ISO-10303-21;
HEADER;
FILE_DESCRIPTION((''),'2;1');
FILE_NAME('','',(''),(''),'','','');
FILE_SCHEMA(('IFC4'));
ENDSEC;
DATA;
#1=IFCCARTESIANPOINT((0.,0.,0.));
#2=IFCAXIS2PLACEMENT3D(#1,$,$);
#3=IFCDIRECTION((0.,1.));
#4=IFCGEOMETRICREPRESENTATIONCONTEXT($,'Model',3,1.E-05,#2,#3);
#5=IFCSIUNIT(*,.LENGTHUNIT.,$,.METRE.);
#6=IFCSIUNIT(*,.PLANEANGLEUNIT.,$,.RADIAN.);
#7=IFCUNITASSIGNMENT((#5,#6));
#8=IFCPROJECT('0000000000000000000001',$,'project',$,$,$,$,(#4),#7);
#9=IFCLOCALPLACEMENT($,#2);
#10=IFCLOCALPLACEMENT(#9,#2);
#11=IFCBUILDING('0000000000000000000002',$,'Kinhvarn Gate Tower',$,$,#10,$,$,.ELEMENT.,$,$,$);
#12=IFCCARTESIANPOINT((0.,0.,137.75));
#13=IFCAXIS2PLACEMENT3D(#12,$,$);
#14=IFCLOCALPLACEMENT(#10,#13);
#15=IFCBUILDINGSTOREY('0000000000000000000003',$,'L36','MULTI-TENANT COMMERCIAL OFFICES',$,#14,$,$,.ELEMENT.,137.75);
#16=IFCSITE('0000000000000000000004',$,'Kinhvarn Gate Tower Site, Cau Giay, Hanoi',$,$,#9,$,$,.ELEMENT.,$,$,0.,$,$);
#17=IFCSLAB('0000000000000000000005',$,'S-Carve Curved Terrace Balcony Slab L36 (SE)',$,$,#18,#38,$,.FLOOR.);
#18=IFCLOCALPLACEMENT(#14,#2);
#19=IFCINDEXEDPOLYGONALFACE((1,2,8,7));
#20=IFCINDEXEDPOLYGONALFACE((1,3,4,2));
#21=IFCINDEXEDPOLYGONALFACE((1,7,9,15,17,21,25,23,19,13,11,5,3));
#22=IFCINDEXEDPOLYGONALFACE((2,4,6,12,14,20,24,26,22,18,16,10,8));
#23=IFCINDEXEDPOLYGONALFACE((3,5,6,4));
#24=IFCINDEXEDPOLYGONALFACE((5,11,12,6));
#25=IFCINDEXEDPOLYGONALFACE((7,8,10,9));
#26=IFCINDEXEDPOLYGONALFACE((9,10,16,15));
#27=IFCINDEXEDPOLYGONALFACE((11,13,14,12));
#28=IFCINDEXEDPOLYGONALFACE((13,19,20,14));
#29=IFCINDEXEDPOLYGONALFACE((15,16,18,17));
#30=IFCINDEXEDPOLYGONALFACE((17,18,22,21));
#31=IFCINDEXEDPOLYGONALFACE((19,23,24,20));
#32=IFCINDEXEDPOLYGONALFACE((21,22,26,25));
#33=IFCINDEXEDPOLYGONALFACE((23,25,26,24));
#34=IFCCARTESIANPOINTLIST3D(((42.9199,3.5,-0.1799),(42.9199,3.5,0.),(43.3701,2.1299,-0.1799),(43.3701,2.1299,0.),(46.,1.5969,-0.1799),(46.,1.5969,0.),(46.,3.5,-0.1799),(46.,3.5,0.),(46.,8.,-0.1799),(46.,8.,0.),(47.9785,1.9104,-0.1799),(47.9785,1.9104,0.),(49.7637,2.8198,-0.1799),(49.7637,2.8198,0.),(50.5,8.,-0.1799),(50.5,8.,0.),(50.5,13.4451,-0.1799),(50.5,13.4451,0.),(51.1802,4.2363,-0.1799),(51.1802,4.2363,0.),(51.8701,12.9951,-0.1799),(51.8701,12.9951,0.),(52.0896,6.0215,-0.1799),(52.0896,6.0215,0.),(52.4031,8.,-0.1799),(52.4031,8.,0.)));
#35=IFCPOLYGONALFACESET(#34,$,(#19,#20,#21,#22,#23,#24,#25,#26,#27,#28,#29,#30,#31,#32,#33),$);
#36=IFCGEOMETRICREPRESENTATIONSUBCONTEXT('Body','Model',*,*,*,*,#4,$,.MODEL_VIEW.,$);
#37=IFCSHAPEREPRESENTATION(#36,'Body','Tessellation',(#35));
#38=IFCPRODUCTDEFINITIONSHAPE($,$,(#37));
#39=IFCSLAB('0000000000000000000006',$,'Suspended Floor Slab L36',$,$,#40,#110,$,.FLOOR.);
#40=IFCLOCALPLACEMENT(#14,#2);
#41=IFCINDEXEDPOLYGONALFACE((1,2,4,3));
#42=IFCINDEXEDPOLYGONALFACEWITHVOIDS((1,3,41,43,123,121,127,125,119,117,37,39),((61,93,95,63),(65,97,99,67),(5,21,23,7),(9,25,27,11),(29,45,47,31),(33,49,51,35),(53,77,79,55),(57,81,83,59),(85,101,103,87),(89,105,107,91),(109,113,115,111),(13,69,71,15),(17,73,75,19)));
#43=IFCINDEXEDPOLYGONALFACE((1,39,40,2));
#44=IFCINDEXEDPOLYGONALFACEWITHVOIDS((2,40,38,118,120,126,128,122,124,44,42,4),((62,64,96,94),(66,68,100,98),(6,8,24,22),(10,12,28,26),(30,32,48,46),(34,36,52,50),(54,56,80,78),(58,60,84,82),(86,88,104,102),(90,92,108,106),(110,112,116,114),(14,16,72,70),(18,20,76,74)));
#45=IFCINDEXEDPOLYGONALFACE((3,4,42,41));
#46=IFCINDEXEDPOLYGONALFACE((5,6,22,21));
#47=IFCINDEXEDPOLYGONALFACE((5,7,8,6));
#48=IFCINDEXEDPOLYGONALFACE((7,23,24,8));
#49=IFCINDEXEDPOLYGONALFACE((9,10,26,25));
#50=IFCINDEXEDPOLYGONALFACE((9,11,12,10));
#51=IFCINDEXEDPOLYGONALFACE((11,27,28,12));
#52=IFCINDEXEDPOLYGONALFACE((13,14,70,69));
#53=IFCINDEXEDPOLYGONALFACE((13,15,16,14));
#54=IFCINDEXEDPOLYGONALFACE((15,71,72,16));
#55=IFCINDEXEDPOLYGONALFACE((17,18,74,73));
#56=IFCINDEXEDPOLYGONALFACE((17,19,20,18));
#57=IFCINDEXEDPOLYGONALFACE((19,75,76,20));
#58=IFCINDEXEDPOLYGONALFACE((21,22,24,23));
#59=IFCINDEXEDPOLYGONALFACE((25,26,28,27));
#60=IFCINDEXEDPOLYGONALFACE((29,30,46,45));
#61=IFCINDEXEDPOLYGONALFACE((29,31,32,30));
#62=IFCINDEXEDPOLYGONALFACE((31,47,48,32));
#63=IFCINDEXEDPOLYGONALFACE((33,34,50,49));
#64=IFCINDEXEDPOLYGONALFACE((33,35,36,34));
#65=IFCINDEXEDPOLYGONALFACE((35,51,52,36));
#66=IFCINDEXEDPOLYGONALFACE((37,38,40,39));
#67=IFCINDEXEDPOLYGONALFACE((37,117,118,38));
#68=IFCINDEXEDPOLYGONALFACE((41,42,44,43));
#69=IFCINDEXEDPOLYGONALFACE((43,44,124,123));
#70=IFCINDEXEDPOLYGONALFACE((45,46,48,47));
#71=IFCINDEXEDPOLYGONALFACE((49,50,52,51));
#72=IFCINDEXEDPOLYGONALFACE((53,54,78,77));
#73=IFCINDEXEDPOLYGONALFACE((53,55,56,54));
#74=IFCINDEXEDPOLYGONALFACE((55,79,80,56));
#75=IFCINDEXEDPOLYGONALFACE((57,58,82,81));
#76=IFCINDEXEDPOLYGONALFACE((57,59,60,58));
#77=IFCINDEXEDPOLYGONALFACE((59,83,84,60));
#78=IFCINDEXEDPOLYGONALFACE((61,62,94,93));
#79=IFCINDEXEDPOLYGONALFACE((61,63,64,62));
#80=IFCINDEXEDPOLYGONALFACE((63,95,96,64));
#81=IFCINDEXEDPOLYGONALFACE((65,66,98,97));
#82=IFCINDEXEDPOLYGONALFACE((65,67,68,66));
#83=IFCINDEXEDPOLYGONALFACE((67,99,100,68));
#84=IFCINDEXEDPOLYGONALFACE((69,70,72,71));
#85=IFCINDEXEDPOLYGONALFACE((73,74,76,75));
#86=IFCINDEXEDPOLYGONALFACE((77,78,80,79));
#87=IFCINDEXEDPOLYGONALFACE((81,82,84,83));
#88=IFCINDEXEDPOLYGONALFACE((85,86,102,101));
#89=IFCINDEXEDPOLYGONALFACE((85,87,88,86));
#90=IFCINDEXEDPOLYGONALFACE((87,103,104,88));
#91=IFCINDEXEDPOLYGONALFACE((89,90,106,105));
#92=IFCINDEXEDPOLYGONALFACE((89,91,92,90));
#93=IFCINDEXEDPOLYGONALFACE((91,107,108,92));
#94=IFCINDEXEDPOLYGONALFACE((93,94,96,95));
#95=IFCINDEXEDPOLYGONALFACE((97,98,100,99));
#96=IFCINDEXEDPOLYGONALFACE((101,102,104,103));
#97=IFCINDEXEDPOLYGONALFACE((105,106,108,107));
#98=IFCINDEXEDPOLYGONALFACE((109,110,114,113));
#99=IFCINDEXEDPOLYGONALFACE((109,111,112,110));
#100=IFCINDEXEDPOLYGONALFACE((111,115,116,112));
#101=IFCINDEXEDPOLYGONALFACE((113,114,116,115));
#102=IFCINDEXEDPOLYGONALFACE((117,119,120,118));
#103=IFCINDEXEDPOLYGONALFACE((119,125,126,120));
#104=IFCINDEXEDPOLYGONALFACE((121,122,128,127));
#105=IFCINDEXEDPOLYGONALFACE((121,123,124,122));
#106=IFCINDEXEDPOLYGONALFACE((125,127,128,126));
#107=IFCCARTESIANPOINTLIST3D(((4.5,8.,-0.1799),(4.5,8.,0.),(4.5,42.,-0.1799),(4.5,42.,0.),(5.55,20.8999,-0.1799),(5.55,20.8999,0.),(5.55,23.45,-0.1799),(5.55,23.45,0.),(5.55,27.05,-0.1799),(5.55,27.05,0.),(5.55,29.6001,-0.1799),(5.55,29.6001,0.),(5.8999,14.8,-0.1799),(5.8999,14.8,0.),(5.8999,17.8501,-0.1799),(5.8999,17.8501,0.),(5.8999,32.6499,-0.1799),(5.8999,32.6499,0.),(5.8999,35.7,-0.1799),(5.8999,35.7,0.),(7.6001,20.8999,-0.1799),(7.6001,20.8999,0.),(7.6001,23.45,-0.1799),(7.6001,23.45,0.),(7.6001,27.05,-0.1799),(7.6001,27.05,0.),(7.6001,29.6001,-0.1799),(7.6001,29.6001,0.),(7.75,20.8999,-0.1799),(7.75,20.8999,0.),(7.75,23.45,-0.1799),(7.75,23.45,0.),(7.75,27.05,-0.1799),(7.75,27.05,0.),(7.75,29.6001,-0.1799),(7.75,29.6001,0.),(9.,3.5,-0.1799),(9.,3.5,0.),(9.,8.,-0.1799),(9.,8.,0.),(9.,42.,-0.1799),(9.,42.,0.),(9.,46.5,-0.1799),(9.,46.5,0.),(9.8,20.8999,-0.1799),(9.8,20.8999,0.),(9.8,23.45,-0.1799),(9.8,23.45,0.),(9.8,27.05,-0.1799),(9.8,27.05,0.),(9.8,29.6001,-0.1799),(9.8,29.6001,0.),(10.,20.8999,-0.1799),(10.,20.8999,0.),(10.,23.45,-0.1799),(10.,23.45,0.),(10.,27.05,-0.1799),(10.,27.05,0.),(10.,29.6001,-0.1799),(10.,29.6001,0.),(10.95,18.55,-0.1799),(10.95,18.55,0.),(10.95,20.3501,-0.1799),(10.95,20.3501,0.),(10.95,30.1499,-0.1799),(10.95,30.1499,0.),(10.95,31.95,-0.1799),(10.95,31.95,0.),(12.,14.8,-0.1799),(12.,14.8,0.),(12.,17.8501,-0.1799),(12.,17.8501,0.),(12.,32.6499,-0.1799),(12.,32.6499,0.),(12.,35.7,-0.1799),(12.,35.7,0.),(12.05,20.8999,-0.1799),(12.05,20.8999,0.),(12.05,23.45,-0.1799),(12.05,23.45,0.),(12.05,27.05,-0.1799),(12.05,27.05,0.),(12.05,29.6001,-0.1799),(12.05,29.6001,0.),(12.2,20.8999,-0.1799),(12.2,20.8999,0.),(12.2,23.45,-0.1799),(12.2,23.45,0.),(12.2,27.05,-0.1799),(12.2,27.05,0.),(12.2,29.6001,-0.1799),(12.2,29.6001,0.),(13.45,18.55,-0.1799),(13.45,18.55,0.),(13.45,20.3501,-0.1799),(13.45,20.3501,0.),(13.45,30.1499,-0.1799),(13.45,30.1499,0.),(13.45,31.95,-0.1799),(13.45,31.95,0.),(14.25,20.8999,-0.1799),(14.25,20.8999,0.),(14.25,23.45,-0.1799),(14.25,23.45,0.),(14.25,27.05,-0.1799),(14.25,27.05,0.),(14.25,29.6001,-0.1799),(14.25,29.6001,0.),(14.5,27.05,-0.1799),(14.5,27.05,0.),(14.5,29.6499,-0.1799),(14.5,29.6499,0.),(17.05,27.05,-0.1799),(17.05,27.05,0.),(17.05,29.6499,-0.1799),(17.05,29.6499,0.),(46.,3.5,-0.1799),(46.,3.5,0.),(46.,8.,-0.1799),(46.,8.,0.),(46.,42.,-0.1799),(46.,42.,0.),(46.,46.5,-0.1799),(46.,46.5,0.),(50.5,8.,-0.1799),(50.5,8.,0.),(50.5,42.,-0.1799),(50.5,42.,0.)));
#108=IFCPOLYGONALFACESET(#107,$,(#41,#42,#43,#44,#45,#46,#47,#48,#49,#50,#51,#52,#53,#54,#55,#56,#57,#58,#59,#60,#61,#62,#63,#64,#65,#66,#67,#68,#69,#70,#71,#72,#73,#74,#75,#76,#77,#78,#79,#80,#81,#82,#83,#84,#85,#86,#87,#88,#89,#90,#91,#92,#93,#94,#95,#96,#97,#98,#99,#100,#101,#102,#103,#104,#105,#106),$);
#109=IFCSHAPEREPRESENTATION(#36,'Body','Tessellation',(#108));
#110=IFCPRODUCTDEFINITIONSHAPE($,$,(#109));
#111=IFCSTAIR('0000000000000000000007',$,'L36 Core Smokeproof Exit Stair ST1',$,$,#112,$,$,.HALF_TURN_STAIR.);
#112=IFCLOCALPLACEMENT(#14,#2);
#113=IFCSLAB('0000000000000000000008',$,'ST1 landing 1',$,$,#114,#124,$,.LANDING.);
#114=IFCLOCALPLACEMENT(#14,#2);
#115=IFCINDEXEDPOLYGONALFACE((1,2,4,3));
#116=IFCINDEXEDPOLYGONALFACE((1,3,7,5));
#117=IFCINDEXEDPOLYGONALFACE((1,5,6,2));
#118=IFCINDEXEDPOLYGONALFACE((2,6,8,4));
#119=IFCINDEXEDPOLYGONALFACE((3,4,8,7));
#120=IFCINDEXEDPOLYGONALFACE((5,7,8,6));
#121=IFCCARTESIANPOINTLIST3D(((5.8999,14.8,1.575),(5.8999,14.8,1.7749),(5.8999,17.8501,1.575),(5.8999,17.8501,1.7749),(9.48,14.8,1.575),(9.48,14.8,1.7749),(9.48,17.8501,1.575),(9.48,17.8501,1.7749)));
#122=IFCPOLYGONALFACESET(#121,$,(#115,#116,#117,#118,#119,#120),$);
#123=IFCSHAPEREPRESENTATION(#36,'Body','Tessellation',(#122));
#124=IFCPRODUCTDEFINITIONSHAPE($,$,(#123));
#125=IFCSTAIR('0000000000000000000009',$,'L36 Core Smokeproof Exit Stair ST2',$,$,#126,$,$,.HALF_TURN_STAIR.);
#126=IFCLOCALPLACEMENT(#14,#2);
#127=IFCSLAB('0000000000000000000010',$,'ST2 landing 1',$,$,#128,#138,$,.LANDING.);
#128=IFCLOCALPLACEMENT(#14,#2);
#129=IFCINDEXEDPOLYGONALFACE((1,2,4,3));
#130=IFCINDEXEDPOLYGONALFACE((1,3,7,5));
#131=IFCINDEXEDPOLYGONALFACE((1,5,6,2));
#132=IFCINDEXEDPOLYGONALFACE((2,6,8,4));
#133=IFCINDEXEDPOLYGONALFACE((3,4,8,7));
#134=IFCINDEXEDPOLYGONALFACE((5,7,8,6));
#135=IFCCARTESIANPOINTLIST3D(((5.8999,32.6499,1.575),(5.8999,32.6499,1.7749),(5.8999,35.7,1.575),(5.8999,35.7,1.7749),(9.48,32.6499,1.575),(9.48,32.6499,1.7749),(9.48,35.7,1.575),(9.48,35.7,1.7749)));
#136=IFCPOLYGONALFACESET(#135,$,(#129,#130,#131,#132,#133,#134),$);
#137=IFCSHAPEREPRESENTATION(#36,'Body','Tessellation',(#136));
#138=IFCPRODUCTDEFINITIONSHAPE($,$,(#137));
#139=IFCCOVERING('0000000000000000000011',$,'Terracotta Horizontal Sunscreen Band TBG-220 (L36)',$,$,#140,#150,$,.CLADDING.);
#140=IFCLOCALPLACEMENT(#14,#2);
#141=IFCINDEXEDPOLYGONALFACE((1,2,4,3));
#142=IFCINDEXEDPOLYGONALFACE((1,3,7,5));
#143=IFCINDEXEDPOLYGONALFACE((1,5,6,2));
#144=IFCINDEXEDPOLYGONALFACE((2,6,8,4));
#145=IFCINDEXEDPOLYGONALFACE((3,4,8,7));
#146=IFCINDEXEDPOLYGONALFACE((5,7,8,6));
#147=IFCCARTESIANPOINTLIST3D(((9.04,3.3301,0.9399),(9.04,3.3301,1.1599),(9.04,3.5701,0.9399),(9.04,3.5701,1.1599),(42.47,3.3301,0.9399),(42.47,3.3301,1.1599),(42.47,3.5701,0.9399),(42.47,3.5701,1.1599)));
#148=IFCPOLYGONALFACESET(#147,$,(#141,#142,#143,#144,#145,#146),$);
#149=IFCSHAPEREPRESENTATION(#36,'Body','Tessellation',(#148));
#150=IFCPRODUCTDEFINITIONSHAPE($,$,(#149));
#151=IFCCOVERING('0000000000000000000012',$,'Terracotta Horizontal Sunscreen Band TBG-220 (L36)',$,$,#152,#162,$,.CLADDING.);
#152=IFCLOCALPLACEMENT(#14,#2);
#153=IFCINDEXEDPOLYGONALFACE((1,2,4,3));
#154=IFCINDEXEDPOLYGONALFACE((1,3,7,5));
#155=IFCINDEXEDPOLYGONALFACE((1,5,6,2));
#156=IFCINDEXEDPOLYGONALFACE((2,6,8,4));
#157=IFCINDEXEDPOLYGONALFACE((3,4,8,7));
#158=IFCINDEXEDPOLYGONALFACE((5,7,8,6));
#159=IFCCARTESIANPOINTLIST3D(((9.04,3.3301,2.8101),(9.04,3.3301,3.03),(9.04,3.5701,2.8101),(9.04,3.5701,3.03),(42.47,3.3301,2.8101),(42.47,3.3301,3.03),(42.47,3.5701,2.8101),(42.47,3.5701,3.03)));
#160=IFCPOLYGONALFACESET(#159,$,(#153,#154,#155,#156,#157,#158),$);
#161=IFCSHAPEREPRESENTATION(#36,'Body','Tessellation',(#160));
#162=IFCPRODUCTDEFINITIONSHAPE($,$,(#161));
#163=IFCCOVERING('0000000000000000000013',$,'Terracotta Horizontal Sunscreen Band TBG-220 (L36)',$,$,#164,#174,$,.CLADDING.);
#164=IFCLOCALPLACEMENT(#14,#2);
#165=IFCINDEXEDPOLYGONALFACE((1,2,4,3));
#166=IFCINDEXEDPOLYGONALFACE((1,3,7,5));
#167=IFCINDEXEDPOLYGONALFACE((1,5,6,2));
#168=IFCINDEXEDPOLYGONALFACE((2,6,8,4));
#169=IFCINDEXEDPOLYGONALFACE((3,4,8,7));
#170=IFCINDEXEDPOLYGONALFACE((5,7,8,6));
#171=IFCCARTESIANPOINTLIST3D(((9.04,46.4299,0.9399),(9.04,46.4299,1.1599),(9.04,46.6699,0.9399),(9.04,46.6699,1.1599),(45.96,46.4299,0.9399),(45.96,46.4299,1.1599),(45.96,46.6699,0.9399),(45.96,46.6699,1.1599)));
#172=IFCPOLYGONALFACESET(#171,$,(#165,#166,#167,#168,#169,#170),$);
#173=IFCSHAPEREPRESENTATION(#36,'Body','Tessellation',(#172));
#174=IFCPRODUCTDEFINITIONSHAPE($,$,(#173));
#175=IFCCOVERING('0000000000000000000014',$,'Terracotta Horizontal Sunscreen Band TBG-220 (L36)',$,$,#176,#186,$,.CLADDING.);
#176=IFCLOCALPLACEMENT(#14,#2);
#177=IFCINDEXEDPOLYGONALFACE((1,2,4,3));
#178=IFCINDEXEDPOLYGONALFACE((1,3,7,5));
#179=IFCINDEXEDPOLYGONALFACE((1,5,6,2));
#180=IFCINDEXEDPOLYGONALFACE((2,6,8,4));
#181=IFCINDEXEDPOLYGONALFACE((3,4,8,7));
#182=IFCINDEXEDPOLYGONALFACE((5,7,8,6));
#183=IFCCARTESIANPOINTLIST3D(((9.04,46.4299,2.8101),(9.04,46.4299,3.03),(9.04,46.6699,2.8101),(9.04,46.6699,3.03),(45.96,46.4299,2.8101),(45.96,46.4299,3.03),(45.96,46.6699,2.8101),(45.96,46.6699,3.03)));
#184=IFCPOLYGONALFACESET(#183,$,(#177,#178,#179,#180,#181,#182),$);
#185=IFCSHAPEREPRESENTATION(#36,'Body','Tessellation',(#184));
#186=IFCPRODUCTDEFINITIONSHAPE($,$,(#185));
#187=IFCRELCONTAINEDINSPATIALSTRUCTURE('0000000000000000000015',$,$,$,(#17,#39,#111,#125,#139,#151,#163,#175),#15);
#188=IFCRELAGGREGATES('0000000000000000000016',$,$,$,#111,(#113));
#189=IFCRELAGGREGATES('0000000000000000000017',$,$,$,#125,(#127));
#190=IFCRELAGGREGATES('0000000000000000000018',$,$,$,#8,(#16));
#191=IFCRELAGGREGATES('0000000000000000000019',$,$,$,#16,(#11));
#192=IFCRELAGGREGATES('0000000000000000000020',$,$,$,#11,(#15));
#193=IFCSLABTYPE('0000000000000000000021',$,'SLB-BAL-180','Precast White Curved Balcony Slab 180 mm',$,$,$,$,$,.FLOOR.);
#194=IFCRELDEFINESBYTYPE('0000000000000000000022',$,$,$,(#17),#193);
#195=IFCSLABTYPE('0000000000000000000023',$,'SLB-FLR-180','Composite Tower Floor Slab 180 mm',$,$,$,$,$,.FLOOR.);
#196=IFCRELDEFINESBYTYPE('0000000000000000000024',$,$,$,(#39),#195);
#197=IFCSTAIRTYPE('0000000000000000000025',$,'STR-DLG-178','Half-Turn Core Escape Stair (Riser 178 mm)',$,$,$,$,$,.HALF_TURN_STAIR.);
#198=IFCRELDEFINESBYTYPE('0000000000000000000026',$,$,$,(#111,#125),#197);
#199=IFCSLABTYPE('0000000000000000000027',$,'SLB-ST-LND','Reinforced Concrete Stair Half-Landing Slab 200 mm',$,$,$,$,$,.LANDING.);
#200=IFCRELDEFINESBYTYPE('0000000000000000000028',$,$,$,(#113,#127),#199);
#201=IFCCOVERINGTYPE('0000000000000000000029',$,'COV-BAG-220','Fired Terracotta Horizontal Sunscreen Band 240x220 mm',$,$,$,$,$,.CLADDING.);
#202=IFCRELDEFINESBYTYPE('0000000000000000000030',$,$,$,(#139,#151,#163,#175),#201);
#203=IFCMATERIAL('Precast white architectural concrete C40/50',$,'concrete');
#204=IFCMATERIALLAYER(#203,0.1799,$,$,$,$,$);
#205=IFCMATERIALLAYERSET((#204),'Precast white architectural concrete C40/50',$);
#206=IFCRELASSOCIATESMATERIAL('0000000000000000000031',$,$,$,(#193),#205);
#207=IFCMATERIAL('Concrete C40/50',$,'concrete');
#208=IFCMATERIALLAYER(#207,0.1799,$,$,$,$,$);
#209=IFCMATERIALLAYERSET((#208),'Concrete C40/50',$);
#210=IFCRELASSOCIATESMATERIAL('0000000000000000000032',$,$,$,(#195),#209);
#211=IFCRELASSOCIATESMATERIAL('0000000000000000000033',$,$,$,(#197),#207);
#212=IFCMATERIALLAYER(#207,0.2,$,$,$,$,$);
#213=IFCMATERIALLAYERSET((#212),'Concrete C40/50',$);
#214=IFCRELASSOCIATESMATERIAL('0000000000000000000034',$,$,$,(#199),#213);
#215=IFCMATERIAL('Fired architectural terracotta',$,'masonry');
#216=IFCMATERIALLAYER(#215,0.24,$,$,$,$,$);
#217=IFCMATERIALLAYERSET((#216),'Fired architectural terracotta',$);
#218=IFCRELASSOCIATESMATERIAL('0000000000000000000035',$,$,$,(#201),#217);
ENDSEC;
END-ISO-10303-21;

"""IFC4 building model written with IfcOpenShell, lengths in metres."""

from ifc_helpers import new_model, si_unit, direction, frame, origin, place, context, subcontext, project, spatial, polyline, outline, extrude, material, layer, layer_set, type_object, element, aggregate, save


model = new_model("IFC4")

# Units and contexts
model_context = context("Model", 3, precision=1e-05, world=origin(), true_north=direction((0.0, 1.0)))
body_context = subcontext(model_context, "Body", "Model", "MODEL_VIEW")
ifc_project = project(units=[si_unit("LENGTHUNIT", "METRE"), si_unit("PLANEANGLEUNIT", "RADIAN")], contexts=[model_context])

# Site, building, storey
site_placement = place(None, origin())
site = spatial("IfcSite", under=ifc_project, at=site_placement, Name="Kinhvarn Gate Tower Site, Cau Giay, Hanoi", CompositionType="ELEMENT", RefElevation=0.0)
building_placement = place(site_placement, origin())
building = spatial("IfcBuilding", under=site, at=building_placement, Name="Kinhvarn Gate Tower", CompositionType="ELEMENT")
storey_placement = place(building_placement, frame((0.0, 0.0, 137.75)))
storey = spatial("IfcBuildingStorey", under=building, at=storey_placement, Name="L36", Description="MULTI-TENANT COMMERCIAL OFFICES", CompositionType="ELEMENT", Elevation=137.75)

# Slabs
ifc_material_1 = material(Name="Precast white architectural concrete C40/50", Category="concrete")
ifc_layer_1 = layer(ifc_material_1, 0.1799)
ifc_layer_set_1 = layer_set([ifc_layer_1], Name="Precast white architectural concrete C40/50")
slab_type_1 = type_object("IfcSlabType", Name="SLB-BAL-180", Description="Precast White Curved Balcony Slab 180 mm", PredefinedType="FLOOR", material=ifc_layer_set_1)
slab_1_placement = place(storey_placement, frame((0.0, 0.0, -0.1799)))
element("IfcSlab", 1, at=slab_1_placement, inside=storey, type_object=slab_type_1, Name="S-Carve Curved Terrace Balcony Slab L36 (SE)", PredefinedType="FLOOR", context=body_context, shape_type="SweptSolid", body=[
    extrude(outline(polyline([(42.9199, 3.5), (43.3701, 2.1299), (46.0, 1.5969), (47.9785, 1.9104), (49.7637, 2.8198), (51.1802, 4.2363), (52.0896, 6.0215), (52.4031, 8.0), (51.8701, 12.9951), (50.5, 13.4451), (50.5, 8.0), (46.0, 8.0), (46.0, 3.5), (42.9199, 3.5)])), origin(), (0.0, 0.0, 1.0), 0.1799),
])
ifc_material_2 = material(Name="Concrete C40/50", Category="concrete")
ifc_layer_2 = layer(ifc_material_2, 0.1799)
ifc_layer_set_2 = layer_set([ifc_layer_2], Name="Concrete C40/50")
slab_type_2 = type_object("IfcSlabType", Name="SLB-FLR-180", Description="Composite Tower Floor Slab 180 mm", PredefinedType="FLOOR", material=ifc_layer_set_2)
slab_2_placement = place(storey_placement, frame((0.0, 0.0, -0.1799)))
element("IfcSlab", 2, at=slab_2_placement, inside=storey, type_object=slab_type_2, Name="Suspended Floor Slab L36", PredefinedType="FLOOR", context=body_context, shape_type="SweptSolid", body=[
    extrude(outline(polyline([(9.0, 3.5), (46.0, 3.5), (46.0, 8.0), (50.5, 8.0), (50.5, 42.0), (46.0, 42.0), (46.0, 46.5), (9.0, 46.5), (9.0, 42.0), (4.5, 42.0), (4.5, 8.0), (9.0, 8.0), (9.0, 3.5)]), holes=[polyline([(5.8999, 14.8), (12.0, 14.8), (12.0, 17.8501), (5.8999, 17.8501), (5.8999, 14.8)]), polyline([(5.8999, 32.6499), (12.0, 32.6499), (12.0, 35.7), (5.8999, 35.7), (5.8999, 32.6499)]), polyline([(5.55, 20.8999), (7.6001, 20.8999), (7.6001, 23.45), (5.55, 23.45), (5.55, 20.8999)]), polyline([(7.75, 20.8999), (9.8, 20.8999), (9.8, 23.45), (7.75, 23.45), (7.75, 20.8999)]), polyline([(5.55, 27.05), (7.6001, 27.05), (7.6001, 29.6001), (5.55, 29.6001), (5.55, 27.05)]), polyline([(7.75, 27.05), (9.8, 27.05), (9.8, 29.6001), (7.75, 29.6001), (7.75, 27.05)]), polyline([(10.0, 20.8999), (12.05, 20.8999), (12.05, 23.45), (10.0, 23.45), (10.0, 20.8999)]), polyline([(12.2, 20.8999), (14.25, 20.8999), (14.25, 23.45), (12.2, 23.45), (12.2, 20.8999)]), polyline([(10.0, 27.05), (12.05, 27.05), (12.05, 29.6001), (10.0, 29.6001), (10.0, 27.05)]), polyline([(12.2, 27.05), (14.25, 27.05), (14.25, 29.6001), (12.2, 29.6001), (12.2, 27.05)]), polyline([(14.5, 27.05), (17.05, 27.05), (17.05, 29.6499), (14.5, 29.6499), (14.5, 27.05)]), polyline([(10.95, 18.55), (13.45, 18.55), (13.45, 20.3501), (10.95, 20.3501), (10.95, 18.55)]), polyline([(10.95, 30.1499), (13.45, 30.1499), (13.45, 31.95), (10.95, 31.95), (10.95, 30.1499)])]), origin(), (0.0, 0.0, 1.0), 0.1799),
])

# Stairs, slabs
stair_type = type_object("IfcStairType", Name="STR-DLG-178", Description="Half-Turn Core Escape Stair (Riser 178 mm)", PredefinedType="HALF_TURN_STAIR", material=ifc_material_2)
stair_1_placement = place(storey_placement, origin())
stair_1 = element("IfcStair", 3, at=stair_1_placement, inside=storey, type_object=stair_type, Name="L36 Core Smokeproof Exit Stair ST1", PredefinedType="HALF_TURN_STAIR")
ifc_layer_3 = layer(ifc_material_2, 0.2)
ifc_layer_set_3 = layer_set([ifc_layer_3], Name="Concrete C40/50")
slab_type_3 = type_object("IfcSlabType", Name="SLB-ST-LND", Description="Reinforced Concrete Stair Half-Landing Slab 200 mm", PredefinedType="LANDING", material=ifc_layer_set_3)
slab_3_placement = place(storey_placement, frame((0.0, 0.0, 1.575)))
slab_3 = element("IfcSlab", 4, at=slab_3_placement, type_object=slab_type_3, Name="ST1 landing 1", PredefinedType="LANDING", context=body_context, shape_type="SweptSolid", body=[
    extrude(outline(polyline([(9.48, 17.8501), (5.8999, 17.8501), (5.8999, 14.8), (9.48, 14.8), (9.48, 17.8501)])), origin(), (0.0, 0.0, 1.0), 0.2),
])
aggregate(stair_1, [slab_3])
stair_2_placement = place(storey_placement, origin())
stair_2 = element("IfcStair", 5, at=stair_2_placement, inside=storey, type_object=stair_type, Name="L36 Core Smokeproof Exit Stair ST2", PredefinedType="HALF_TURN_STAIR")
slab_4_placement = place(storey_placement, frame((0.0, 0.0, 1.575)))
slab_4 = element("IfcSlab", 6, at=slab_4_placement, type_object=slab_type_3, Name="ST2 landing 1", PredefinedType="LANDING", context=body_context, shape_type="SweptSolid", body=[
    extrude(outline(polyline([(9.48, 35.7), (5.8999, 35.7), (5.8999, 32.6499), (9.48, 32.6499), (9.48, 35.7)])), origin(), (0.0, 0.0, 1.0), 0.2),
])
aggregate(stair_2, [slab_4])

# Coverings
ifc_material_3 = material(Name="Fired architectural terracotta", Category="masonry")
ifc_layer_4 = layer(ifc_material_3, 0.24)
ifc_layer_set_4 = layer_set([ifc_layer_4], Name="Fired architectural terracotta")
covering_type_1 = type_object("IfcCoveringType", Name="COV-BAG-220", Description="Fired Terracotta Horizontal Sunscreen Band 240x220 mm", PredefinedType="CLADDING", material=ifc_layer_set_4)
for number, where, name in (
    (7, (0.0, 0.0, 0.9399), "Terracotta Horizontal Sunscreen Band TBG-220 (L36)"),
    (8, (0.0, 0.0, 2.8101), "Terracotta Horizontal Sunscreen Band TBG-220 (L36)"),
):
    element("IfcCovering", number, at=place(storey_placement, frame(where)), inside=storey, type_object=covering_type_1, Name=name, PredefinedType="CLADDING", context=body_context, shape_type="SweptSolid", body=[
        extrude(outline(polyline([(9.04, 3.5701), (42.47, 3.5701), (42.47, 3.3301), (9.04, 3.3301), (9.04, 3.5701)])), origin(), (0.0, 0.0, 1.0), 0.22),
    ])
for number, where, name in (
    (9, (0.0, 0.0, 0.9399), "Terracotta Horizontal Sunscreen Band TBG-220 (L36)"),
    (10, (0.0, 0.0, 2.8101), "Terracotta Horizontal Sunscreen Band TBG-220 (L36)"),
):
    element("IfcCovering", number, at=place(storey_placement, frame(where)), inside=storey, type_object=covering_type_1, Name=name, PredefinedType="CLADDING", context=body_context, shape_type="SweptSolid", body=[
        extrude(outline(polyline([(45.96, 46.4299), (9.04, 46.4299), (9.04, 46.6699), (45.96, 46.6699), (45.96, 46.4299)])), origin(), (0.0, 0.0, 1.0), 0.22),
    ])

save(model, "model.ifc")
